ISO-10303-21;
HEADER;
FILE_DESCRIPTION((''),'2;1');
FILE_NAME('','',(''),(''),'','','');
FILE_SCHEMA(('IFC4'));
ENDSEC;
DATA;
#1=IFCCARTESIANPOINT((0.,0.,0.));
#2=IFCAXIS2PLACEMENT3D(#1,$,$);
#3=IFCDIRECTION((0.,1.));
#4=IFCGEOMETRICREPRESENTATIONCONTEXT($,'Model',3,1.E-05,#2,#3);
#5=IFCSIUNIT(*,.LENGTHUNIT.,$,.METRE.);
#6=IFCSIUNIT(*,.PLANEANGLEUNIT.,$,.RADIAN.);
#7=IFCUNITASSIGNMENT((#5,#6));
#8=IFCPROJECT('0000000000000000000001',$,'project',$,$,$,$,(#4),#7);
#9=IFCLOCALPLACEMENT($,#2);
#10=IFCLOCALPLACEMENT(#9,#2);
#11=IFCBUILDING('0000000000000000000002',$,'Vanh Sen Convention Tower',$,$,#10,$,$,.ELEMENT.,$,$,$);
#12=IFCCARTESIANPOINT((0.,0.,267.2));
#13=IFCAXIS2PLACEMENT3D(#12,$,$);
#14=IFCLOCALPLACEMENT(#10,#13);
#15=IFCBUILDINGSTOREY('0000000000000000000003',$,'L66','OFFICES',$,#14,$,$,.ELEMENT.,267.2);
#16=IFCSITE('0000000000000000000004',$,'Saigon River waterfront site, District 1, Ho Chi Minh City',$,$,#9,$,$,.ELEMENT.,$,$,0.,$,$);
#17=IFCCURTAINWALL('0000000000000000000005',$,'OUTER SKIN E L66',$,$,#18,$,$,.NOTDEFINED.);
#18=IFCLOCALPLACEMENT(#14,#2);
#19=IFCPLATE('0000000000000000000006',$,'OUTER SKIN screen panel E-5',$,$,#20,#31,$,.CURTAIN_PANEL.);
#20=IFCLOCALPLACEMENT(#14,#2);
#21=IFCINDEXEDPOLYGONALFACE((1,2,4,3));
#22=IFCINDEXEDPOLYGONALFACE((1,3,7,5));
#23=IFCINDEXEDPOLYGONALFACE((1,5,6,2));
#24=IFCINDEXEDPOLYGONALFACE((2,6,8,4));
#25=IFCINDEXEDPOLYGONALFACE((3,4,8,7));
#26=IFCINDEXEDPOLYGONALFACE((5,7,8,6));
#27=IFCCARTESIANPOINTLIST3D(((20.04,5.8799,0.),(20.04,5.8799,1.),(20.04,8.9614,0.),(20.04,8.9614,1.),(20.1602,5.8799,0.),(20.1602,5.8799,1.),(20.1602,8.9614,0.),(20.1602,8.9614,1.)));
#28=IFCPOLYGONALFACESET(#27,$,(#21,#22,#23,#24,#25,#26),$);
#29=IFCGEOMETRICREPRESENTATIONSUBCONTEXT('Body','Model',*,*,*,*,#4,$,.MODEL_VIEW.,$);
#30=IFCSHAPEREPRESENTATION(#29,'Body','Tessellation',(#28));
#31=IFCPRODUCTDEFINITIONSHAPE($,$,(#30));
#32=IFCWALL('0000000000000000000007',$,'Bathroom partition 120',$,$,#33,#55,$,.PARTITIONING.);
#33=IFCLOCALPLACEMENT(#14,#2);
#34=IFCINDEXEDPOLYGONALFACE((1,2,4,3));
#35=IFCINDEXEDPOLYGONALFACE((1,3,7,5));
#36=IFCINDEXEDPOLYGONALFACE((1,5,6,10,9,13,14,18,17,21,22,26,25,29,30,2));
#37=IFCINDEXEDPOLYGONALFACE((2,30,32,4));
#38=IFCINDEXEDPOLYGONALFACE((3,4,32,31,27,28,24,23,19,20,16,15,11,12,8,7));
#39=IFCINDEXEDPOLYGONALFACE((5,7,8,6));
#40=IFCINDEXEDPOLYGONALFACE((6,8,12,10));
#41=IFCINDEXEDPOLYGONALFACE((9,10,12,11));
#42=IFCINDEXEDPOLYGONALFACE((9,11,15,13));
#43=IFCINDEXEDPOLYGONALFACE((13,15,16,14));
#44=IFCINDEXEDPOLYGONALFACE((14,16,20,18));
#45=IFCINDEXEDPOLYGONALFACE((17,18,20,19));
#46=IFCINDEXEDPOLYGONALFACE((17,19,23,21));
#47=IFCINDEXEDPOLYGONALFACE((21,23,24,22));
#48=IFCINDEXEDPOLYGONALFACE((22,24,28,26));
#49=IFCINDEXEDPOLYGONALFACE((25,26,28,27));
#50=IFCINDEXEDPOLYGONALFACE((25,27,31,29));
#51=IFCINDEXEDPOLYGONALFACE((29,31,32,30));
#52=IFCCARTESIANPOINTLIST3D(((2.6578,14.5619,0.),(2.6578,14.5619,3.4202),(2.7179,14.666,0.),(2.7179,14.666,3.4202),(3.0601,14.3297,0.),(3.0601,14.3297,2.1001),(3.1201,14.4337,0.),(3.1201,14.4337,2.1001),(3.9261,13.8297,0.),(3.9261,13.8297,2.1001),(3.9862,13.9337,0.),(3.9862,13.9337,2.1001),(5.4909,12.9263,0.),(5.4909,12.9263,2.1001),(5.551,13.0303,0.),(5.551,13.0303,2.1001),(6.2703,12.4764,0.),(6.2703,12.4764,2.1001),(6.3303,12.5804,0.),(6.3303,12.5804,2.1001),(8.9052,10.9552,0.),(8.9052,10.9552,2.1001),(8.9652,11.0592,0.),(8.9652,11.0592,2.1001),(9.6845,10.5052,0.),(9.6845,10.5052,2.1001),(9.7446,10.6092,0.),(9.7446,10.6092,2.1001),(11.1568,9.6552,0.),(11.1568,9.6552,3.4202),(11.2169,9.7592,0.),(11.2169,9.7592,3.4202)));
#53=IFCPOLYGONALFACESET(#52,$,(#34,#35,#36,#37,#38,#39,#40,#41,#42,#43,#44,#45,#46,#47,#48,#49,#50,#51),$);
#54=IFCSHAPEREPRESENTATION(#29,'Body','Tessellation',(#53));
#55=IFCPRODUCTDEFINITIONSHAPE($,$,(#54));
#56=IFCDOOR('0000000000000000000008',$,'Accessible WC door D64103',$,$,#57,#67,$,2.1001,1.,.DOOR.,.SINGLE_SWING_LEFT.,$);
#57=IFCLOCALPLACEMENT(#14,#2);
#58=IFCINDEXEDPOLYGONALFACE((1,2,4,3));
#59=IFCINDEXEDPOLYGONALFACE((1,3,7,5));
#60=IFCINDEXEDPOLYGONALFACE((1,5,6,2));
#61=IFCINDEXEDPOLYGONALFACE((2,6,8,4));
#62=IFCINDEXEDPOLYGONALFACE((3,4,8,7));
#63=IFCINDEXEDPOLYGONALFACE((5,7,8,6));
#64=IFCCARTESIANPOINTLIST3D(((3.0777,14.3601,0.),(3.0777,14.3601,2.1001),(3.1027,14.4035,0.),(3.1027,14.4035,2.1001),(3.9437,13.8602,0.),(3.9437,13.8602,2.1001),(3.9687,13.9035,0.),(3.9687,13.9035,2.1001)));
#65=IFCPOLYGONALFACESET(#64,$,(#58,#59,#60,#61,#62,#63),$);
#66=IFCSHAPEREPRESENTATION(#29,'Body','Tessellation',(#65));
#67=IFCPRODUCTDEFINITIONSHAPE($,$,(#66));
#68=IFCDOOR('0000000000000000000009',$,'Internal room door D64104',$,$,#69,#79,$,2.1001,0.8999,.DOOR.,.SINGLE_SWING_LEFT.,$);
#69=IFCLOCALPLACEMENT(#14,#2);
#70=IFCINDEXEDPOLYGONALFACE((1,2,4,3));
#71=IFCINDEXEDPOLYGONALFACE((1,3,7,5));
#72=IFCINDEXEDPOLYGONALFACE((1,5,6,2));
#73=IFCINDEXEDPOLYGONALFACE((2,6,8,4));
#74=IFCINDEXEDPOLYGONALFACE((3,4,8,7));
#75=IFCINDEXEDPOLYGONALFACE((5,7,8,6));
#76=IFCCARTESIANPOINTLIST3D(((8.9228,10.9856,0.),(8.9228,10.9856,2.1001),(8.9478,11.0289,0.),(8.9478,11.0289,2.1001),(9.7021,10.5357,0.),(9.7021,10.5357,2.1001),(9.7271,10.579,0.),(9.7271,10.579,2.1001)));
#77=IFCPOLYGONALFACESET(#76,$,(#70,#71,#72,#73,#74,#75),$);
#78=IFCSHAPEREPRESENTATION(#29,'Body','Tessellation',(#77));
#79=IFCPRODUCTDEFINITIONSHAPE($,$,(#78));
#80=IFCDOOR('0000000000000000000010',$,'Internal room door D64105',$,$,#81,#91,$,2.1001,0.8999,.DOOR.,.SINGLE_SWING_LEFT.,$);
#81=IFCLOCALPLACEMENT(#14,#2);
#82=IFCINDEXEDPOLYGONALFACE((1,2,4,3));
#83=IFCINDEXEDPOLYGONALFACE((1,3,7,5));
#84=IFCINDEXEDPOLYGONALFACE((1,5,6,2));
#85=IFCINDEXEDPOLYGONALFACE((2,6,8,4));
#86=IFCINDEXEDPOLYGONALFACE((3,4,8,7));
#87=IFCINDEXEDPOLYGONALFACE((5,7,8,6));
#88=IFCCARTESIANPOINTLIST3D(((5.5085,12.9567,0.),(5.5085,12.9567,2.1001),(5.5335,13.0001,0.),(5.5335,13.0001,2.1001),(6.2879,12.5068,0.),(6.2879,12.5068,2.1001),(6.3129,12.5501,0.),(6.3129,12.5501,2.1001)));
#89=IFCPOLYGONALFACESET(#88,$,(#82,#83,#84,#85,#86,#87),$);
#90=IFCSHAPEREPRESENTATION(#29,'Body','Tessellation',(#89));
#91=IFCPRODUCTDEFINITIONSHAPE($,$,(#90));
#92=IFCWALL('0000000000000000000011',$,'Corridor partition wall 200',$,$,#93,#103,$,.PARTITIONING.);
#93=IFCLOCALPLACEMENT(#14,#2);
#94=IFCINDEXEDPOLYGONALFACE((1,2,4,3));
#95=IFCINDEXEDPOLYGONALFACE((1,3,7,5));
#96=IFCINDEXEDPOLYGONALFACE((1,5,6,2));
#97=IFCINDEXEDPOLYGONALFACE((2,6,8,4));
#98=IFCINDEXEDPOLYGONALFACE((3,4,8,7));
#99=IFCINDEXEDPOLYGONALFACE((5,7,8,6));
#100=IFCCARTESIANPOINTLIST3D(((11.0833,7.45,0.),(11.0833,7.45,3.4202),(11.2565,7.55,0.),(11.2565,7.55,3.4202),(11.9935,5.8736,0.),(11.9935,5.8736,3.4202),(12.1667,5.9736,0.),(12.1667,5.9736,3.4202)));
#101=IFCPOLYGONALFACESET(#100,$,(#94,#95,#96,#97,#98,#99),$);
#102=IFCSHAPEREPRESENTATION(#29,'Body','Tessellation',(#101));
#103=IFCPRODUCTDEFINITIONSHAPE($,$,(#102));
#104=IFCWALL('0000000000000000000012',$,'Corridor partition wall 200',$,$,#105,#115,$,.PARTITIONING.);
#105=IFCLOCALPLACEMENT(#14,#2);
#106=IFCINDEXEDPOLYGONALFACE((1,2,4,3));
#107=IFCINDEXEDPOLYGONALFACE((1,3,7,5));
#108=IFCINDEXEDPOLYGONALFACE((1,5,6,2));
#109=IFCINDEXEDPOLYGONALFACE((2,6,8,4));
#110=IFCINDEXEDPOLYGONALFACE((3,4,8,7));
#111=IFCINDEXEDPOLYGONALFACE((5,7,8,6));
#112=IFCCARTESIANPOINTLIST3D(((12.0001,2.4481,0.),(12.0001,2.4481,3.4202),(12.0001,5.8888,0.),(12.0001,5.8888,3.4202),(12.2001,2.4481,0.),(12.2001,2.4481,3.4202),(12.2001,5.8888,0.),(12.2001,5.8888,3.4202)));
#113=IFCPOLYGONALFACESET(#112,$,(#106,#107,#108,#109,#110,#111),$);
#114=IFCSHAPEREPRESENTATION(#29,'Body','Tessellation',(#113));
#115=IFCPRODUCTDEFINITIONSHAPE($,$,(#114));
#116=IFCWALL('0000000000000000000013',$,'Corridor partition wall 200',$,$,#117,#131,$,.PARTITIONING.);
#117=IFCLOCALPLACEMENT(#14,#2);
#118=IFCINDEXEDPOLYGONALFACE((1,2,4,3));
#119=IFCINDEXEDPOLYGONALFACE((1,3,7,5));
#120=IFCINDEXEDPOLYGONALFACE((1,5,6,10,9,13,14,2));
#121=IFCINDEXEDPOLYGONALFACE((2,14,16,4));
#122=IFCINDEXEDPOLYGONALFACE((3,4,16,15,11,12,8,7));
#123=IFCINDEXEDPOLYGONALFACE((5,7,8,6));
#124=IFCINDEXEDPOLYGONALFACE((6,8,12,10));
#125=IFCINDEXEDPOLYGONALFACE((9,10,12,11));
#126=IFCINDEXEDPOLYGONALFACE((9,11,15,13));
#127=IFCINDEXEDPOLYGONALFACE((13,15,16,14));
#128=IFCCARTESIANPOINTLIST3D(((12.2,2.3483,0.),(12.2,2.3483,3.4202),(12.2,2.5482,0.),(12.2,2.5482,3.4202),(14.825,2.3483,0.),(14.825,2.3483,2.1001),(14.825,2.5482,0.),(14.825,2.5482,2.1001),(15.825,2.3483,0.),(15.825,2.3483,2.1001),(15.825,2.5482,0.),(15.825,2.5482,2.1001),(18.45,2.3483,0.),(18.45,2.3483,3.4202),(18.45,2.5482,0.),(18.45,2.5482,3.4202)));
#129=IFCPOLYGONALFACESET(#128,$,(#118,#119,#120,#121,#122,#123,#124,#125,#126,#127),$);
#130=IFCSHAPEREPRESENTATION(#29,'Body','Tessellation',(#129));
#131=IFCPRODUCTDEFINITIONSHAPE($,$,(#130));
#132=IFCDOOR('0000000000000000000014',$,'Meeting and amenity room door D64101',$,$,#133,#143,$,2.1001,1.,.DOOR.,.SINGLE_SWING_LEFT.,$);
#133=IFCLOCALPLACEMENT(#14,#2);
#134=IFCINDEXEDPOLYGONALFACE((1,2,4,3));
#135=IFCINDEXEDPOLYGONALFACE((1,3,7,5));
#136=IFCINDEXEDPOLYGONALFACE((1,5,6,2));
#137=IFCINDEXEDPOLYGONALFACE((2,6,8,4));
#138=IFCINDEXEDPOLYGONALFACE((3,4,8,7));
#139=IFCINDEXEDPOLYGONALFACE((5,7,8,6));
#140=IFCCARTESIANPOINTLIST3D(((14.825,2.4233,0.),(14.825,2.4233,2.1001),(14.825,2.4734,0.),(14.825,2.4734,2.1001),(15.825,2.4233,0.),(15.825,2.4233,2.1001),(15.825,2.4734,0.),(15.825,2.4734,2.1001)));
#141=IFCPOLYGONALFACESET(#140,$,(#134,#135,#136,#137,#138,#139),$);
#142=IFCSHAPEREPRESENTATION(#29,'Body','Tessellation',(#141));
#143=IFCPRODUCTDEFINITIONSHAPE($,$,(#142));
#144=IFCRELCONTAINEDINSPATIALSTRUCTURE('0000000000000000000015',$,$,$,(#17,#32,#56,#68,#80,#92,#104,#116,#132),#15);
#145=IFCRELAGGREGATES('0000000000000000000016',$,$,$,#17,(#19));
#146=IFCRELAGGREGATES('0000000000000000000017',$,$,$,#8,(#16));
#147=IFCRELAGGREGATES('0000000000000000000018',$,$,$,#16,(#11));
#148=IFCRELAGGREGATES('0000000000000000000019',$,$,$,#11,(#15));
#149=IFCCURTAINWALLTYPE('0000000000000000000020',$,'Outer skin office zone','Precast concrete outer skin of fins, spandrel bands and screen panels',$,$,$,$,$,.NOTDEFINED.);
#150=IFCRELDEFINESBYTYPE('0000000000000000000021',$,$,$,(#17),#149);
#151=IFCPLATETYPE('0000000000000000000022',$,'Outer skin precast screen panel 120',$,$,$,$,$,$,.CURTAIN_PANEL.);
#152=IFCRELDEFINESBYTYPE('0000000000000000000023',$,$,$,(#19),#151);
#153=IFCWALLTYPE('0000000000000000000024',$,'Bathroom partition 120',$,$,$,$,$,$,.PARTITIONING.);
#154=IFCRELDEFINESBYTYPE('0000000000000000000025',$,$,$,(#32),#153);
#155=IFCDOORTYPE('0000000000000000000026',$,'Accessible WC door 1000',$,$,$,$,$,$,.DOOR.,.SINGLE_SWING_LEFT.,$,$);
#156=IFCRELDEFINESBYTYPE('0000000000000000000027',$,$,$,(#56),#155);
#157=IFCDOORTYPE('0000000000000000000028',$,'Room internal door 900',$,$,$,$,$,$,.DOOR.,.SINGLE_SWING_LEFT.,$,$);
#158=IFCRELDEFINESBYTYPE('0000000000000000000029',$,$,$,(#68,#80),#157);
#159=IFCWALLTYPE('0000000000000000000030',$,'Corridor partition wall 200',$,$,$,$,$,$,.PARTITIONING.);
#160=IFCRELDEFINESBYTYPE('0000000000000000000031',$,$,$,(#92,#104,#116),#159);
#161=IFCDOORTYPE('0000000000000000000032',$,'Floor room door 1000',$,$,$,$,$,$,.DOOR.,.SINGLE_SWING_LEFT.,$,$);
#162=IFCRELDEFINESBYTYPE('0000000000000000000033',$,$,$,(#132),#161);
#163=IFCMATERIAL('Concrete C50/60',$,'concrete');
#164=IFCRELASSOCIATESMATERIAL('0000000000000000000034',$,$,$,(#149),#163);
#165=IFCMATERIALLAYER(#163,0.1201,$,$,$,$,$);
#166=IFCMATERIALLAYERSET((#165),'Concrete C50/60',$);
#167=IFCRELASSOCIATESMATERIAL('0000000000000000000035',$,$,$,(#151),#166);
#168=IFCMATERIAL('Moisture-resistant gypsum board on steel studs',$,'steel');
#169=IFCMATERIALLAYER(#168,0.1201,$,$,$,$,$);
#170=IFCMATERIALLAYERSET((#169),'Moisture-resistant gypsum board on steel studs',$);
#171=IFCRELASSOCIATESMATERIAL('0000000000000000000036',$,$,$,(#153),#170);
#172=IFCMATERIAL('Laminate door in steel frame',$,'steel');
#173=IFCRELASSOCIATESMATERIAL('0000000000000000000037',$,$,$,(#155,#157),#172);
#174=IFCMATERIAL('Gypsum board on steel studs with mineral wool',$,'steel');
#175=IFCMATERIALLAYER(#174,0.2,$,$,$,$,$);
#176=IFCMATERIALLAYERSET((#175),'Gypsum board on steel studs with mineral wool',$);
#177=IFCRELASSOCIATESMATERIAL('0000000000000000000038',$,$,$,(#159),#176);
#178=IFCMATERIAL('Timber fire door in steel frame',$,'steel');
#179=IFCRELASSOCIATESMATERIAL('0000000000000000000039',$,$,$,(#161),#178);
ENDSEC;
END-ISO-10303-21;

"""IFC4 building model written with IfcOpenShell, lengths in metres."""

from ifc_helpers import new_model, si_unit, direction, frame, frame_2d, origin, origin_2d, place, context, subcontext, project, spatial, rectangle, extrude, material, layer, layer_set, type_object, element, fill, aggregate, save


model = new_model("IFC4")

# Units and contexts
model_context = context("Model", 3, precision=1e-05, world=origin(), true_north=direction((0.0, 1.0)))
body_context = subcontext(model_context, "Body", "Model", "MODEL_VIEW")
ifc_project = project(units=[si_unit("LENGTHUNIT", "METRE"), si_unit("PLANEANGLEUNIT", "RADIAN")], contexts=[model_context])

# Site, building, storey
site_placement = place(None, origin())
site = spatial("IfcSite", under=ifc_project, at=site_placement, Name="Saigon River waterfront site, District 1, Ho Chi Minh City", CompositionType="ELEMENT", RefElevation=0.0)
building_placement = place(site_placement, origin())
building = spatial("IfcBuilding", under=site, at=building_placement, Name="Vanh Sen Convention Tower", CompositionType="ELEMENT")
storey_placement = place(building_placement, frame((0.0, 0.0, 267.2)))
storey = spatial("IfcBuildingStorey", under=building, at=storey_placement, Name="L66", Description="OFFICES", CompositionType="ELEMENT", Elevation=267.2)

# Curtain wall
ifc_material_1 = material(Name="Concrete C50/60", Category="concrete")
curtain_wall_type = type_object("IfcCurtainWallType", Name="Outer skin office zone", Description="Precast concrete outer skin of fins, spandrel bands and screen panels", PredefinedType="NOTDEFINED", material=ifc_material_1)
curtain_wall_1_placement = place(storey_placement, origin())
curtain_wall_1 = element("IfcCurtainWall", 1, at=curtain_wall_1_placement, inside=storey, type_object=curtain_wall_type, Name="OUTER SKIN E L66", PredefinedType="NOTDEFINED")

# Plate
ifc_layer_1 = layer(ifc_material_1, 0.1201)
ifc_layer_set_1 = layer_set([ifc_layer_1], Name="Concrete C50/60")
plate_type = type_object("IfcPlateType", Name="Outer skin precast screen panel 120", PredefinedType="CURTAIN_PANEL", material=ifc_layer_set_1)
plate_1_placement = place(storey_placement, frame((20.1001, 7.4207, 0.0), z_axis=(0.0, 0.0, 1.0), x_axis=(0.0, 1.0, 0.0)))
plate_1 = element("IfcPlate", 2, at=plate_1_placement, type_object=plate_type, Name="OUTER SKIN screen panel E-5", PredefinedType="CURTAIN_PANEL", context=body_context, shape_type="SweptSolid", body=[
    extrude(rectangle(XDim=3.0815, YDim=0.1201, at=origin_2d()), origin(), (0.0, 0.0, 1.0), 1.0),
])
aggregate(curtain_wall_1, [plate_1])

# Wall, openings, doors
ifc_material_2 = material(Name="Moisture-resistant gypsum board on steel studs", Category="steel")
ifc_layer_2 = layer(ifc_material_2, 0.1201)
ifc_layer_set_2 = layer_set([ifc_layer_2], Name="Moisture-resistant gypsum board on steel studs")
wall_type_1 = type_object("IfcWallType", Name="Bathroom partition 120", PredefinedType="PARTITIONING", material=ifc_layer_set_2)
wall_1_placement = place(storey_placement, frame((11.1868, 9.7073, 0.0), z_axis=(0.0, 0.0, 1.0), x_axis=(-0.866033, 0.499987, 0.0)))
wall_1 = element("IfcWall", 3, at=wall_1_placement, inside=storey, type_object=wall_type_1, Name="Bathroom partition 120", PredefinedType="PARTITIONING", context=body_context, shape_type="SweptSolid", body=[
    extrude(rectangle(XDim=9.8137, YDim=0.1201, at=frame_2d((4.9067, 0.0))), origin(), (0.0, 0.0, 1.0), 3.4202),
])
opening_1_placement = place(wall_1_placement, frame((8.3491, 0.0, 0.0)))
opening_1 = element("IfcOpeningElement", 4, at=opening_1_placement, cuts=wall_1, PredefinedType="OPENING", context=body_context, shape_type="SweptSolid", body=[
    extrude(rectangle(XDim=1.0, YDim=2.1001, at=frame_2d((0.5, 1.05))), frame((0.0, 0.0701, 0.0), z_axis=(0.0, -1.0, 0.0), x_axis=(1.0, 0.0, 0.0)), (0.0, 0.0, 1.0), 0.1401),
])
opening_2_placement = place(wall_1_placement, frame((1.7, 0.0, 0.0)))
opening_2 = element("IfcOpeningElement", 5, at=opening_2_placement, cuts=wall_1, PredefinedType="OPENING", context=body_context, shape_type="SweptSolid", body=[
    extrude(rectangle(XDim=0.8999, YDim=2.1001, at=frame_2d((0.45, 1.05))), frame((0.0, 0.0701, 0.0), z_axis=(0.0, -1.0, 0.0), x_axis=(1.0, 0.0, 0.0)), (0.0, 0.0, 1.0), 0.1401),
])
opening_3_placement = place(wall_1_placement, frame((5.6423, 0.0, 0.0)))
opening_3 = element("IfcOpeningElement", 6, at=opening_3_placement, cuts=wall_1, PredefinedType="OPENING", context=body_context, shape_type="SweptSolid", body=[
    extrude(rectangle(XDim=0.8999, YDim=2.1001, at=frame_2d((0.45, 1.05))), frame((0.0, 0.0701, 0.0), z_axis=(0.0, -1.0, 0.0), x_axis=(1.0, 0.0, 0.0)), (0.0, 0.0, 1.0), 0.1401),
])
ifc_material_3 = material(Name="Laminate door in steel frame", Category="steel")
door_type_1 = type_object("IfcDoorType", Name="Accessible WC door 1000", OperationType="SINGLE_SWING_LEFT", PredefinedType="DOOR", material=ifc_material_3)
door_1_placement = place(opening_1_placement, origin())
door_1 = element("IfcDoor", 7, at=door_1_placement, inside=storey, type_object=door_type_1, Name="Accessible WC door D64103", OperationType="SINGLE_SWING_LEFT", OverallHeight=2.1001, OverallWidth=1.0, PredefinedType="DOOR", context=body_context, shape_type="SweptSolid", body=[
    extrude(rectangle(XDim=1.0, YDim=2.1001, at=frame_2d((0.5, 1.05))), frame((0.0, 0.0249, 0.0), z_axis=(0.0, -1.0, 0.0), x_axis=(1.0, 0.0, 0.0)), (0.0, 0.0, 1.0), 0.05),
])
fill(opening_1, door_1)
door_type_2 = type_object("IfcDoorType", Name="Room internal door 900", OperationType="SINGLE_SWING_LEFT", PredefinedType="DOOR", material=ifc_material_3)
door_2_placement = place(opening_2_placement, origin())
door_2 = element("IfcDoor", 8, at=door_2_placement, inside=storey, type_object=door_type_2, Name="Internal room door D64104", OperationType="SINGLE_SWING_LEFT", OverallHeight=2.1001, OverallWidth=0.8999, PredefinedType="DOOR", context=body_context, shape_type="SweptSolid", body=[
    extrude(rectangle(XDim=0.8999, YDim=2.1001, at=frame_2d((0.45, 1.05))), frame((0.0, 0.0249, 0.0), z_axis=(0.0, -1.0, 0.0), x_axis=(1.0, 0.0, 0.0)), (0.0, 0.0, 1.0), 0.05),
])
fill(opening_2, door_2)
door_3_placement = place(opening_3_placement, origin())
door_3 = element("IfcDoor", 9, at=door_3_placement, inside=storey, type_object=door_type_2, Name="Internal room door D64105", OperationType="SINGLE_SWING_LEFT", OverallHeight=2.1001, OverallWidth=0.8999, PredefinedType="DOOR", context=body_context, shape_type="SweptSolid", body=[
    extrude(rectangle(XDim=0.8999, YDim=2.1001, at=frame_2d((0.45, 1.05))), frame((0.0, 0.0249, 0.0), z_axis=(0.0, -1.0, 0.0), x_axis=(1.0, 0.0, 0.0)), (0.0, 0.0, 1.0), 0.05),
])
fill(opening_3, door_3)

# Walls
ifc_material_4 = material(Name="Gypsum board on steel studs with mineral wool", Category="steel")
ifc_layer_3 = layer(ifc_material_4, 0.2)
ifc_layer_set_3 = layer_set([ifc_layer_3], Name="Gypsum board on steel studs with mineral wool")
wall_type_2 = type_object("IfcWallType", Name="Corridor partition wall 200", PredefinedType="PARTITIONING", material=ifc_layer_set_3)
wall_2_placement = place(storey_placement, frame((12.0801, 5.9236, 0.0), z_axis=(0.0, 0.0, 1.0), x_axis=(-0.500005, 0.866023, 0.0)))
element("IfcWall", 10, at=wall_2_placement, inside=storey, type_object=wall_type_2, Name="Corridor partition wall 200", PredefinedType="PARTITIONING", context=body_context, shape_type="SweptSolid", body=[
    extrude(rectangle(XDim=1.8203, YDim=0.2, at=frame_2d((0.9102, 0.0))), origin(), (0.0, 0.0, 1.0), 3.4202),
])
wall_3_placement = place(storey_placement, frame((12.1001, 2.4482, 0.0), z_axis=(0.0, 0.0, 1.0), x_axis=(0.0, 1.0, 0.0)))
element("IfcWall", 11, at=wall_3_placement, inside=storey, type_object=wall_type_2, Name="Corridor partition wall 200", PredefinedType="PARTITIONING", context=body_context, shape_type="SweptSolid", body=[
    extrude(rectangle(XDim=3.4407, YDim=0.2, at=frame_2d((1.7202, 0.0))), origin(), (0.0, 0.0, 1.0), 3.4202),
])

# Wall, opening, door
wall_4_placement = place(storey_placement, frame((18.45, 2.4482, 0.0), z_axis=(0.0, 0.0, 1.0), x_axis=(-1.0, 0.0, 0.0)))
wall_4 = element("IfcWall", 12, at=wall_4_placement, inside=storey, type_object=wall_type_2, Name="Corridor partition wall 200", PredefinedType="PARTITIONING", context=body_context, shape_type="SweptSolid", body=[
    extrude(rectangle(XDim=6.25, YDim=0.2, at=frame_2d((3.125, 0.0))), origin(), (0.0, 0.0, 1.0), 3.4202),
])
opening_4_placement = place(wall_4_placement, frame((2.625, 0.0, 0.0)))
opening_4 = element("IfcOpeningElement", 13, at=opening_4_placement, cuts=wall_4, PredefinedType="OPENING", context=body_context, shape_type="SweptSolid", body=[
    extrude(rectangle(XDim=1.0, YDim=2.1001, at=frame_2d((0.5, 1.05))), frame((0.0, 0.1099, 0.0), z_axis=(0.0, -1.0, 0.0), x_axis=(1.0, 0.0, 0.0)), (0.0, 0.0, 1.0), 0.22),
])
ifc_material_5 = material(Name="Timber fire door in steel frame", Category="steel")
door_type_3 = type_object("IfcDoorType", Name="Floor room door 1000", OperationType="SINGLE_SWING_LEFT", PredefinedType="DOOR", material=ifc_material_5)
door_4_placement = place(opening_4_placement, origin())
door_4 = element("IfcDoor", 14, at=door_4_placement, inside=storey, type_object=door_type_3, Name="Meeting and amenity room door D64101", OperationType="SINGLE_SWING_LEFT", OverallHeight=2.1001, OverallWidth=1.0, PredefinedType="DOOR", context=body_context, shape_type="SweptSolid", body=[
    extrude(rectangle(XDim=1.0, YDim=2.1001, at=frame_2d((0.5, 1.05))), frame((0.0, 0.0249, 0.0), z_axis=(0.0, -1.0, 0.0), x_axis=(1.0, 0.0, 0.0)), (0.0, 0.0, 1.0), 0.05),
])
fill(opening_4, door_4)

save(model, "model.ifc")
